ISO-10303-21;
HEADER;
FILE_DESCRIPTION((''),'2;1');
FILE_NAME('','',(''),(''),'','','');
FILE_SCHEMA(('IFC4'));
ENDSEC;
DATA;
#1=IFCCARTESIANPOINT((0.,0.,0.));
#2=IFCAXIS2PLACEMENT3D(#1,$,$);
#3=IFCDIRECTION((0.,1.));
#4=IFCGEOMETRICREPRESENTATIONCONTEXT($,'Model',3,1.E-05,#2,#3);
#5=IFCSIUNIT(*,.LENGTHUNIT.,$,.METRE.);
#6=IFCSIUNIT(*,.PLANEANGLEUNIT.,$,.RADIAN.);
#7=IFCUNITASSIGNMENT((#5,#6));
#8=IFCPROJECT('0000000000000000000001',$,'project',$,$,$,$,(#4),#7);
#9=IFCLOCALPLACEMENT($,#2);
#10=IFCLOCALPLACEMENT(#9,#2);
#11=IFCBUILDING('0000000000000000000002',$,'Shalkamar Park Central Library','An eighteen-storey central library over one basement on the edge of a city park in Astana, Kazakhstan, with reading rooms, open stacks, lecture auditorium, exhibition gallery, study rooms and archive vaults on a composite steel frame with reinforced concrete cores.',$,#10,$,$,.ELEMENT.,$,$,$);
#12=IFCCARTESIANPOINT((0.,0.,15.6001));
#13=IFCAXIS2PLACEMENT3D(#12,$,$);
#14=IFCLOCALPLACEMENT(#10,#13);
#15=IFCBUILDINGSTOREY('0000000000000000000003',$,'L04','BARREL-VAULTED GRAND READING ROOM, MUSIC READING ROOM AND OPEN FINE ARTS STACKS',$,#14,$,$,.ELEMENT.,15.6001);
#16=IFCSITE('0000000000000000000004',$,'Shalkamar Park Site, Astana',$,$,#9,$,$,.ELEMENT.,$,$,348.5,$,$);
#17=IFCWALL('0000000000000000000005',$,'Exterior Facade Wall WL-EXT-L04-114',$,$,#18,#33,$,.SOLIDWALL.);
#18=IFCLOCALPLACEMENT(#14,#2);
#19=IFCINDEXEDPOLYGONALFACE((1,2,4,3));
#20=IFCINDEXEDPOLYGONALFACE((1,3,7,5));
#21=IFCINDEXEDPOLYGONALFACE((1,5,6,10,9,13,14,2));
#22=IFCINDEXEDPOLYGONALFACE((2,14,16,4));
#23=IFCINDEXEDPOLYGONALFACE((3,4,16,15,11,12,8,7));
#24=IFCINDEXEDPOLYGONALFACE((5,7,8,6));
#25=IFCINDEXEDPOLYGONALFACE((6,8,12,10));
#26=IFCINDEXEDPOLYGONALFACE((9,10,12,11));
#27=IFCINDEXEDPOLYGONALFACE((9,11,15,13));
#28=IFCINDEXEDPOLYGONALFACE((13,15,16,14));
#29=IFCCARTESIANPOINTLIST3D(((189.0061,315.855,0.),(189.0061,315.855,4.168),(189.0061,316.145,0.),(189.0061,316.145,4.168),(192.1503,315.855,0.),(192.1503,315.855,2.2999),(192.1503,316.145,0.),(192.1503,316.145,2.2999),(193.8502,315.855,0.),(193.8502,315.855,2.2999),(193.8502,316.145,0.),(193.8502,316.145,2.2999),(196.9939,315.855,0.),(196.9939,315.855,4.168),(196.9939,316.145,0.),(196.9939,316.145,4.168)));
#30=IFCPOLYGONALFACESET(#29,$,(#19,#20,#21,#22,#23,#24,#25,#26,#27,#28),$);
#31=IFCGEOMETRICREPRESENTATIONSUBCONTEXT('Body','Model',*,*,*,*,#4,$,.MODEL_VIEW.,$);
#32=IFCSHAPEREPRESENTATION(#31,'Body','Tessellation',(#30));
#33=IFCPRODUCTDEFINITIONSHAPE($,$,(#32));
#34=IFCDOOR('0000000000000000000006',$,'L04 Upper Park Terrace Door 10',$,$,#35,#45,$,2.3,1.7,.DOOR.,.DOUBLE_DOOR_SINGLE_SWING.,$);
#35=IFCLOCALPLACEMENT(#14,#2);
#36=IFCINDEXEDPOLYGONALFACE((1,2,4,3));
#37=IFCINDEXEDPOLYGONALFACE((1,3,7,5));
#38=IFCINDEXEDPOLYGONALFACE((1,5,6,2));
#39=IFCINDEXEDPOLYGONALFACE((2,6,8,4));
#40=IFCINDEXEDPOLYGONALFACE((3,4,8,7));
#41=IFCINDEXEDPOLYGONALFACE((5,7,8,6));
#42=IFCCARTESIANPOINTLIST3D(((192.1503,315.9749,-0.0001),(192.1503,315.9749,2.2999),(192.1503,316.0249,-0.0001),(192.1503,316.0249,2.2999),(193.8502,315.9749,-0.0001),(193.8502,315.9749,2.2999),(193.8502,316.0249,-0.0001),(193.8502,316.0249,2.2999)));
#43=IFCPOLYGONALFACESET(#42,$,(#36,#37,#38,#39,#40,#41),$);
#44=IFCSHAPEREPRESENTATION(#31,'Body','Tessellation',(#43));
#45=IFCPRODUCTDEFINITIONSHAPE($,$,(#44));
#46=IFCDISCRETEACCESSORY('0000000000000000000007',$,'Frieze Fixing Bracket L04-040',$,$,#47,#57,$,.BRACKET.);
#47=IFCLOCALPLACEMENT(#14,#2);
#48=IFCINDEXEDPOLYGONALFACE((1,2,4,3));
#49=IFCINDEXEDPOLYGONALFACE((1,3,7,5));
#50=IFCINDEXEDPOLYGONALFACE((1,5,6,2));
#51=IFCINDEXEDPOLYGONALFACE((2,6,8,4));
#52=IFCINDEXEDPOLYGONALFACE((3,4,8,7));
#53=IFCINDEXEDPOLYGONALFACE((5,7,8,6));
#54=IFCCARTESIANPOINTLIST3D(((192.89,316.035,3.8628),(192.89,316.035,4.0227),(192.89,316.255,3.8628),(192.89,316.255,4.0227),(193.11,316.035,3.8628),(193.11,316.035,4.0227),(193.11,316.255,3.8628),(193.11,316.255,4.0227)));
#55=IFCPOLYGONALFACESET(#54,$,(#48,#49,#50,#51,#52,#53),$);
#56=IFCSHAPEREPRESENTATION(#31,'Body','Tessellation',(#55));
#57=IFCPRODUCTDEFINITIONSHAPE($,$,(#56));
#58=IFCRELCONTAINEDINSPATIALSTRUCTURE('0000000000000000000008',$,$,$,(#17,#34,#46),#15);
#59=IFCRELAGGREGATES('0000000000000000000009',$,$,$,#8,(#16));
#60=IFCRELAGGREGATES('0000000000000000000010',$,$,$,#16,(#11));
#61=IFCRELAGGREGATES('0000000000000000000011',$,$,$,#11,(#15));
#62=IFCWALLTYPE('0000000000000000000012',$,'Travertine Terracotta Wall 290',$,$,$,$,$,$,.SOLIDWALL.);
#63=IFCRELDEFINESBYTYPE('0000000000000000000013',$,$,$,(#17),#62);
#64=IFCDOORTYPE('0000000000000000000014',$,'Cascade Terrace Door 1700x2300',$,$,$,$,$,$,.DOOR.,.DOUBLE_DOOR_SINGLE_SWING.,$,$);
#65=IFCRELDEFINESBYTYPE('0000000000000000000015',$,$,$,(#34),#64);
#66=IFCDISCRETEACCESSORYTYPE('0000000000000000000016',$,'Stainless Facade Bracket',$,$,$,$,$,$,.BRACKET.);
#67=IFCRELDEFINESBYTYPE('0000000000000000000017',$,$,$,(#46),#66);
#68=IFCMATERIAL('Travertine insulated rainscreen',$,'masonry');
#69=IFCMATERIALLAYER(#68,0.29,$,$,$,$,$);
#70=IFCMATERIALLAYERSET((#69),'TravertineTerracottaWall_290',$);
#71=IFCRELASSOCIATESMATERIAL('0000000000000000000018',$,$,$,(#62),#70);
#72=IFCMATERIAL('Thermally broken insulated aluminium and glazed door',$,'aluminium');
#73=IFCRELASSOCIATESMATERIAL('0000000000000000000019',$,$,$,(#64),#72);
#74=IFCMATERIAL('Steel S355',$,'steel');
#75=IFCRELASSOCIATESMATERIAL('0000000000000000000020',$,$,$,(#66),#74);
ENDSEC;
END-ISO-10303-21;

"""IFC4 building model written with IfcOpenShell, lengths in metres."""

from ifc_helpers import new_model, si_unit, direction, frame, frame_2d, origin, origin_2d, place, context, subcontext, project, spatial, rectangle, extrude, material, layer, layer_set, type_object, element, fill, save


model = new_model("IFC4")

# Units and contexts
model_context = context("Model", 3, precision=1e-05, world=origin(), true_north=direction((0.0, 1.0)))
body_context = subcontext(model_context, "Body", "Model", "MODEL_VIEW")
ifc_project = project(units=[si_unit("LENGTHUNIT", "METRE"), si_unit("PLANEANGLEUNIT", "RADIAN")], contexts=[model_context])

# Site, building, storey
site_placement = place(None, origin())
site = spatial("IfcSite", under=ifc_project, at=site_placement, Name="Shalkamar Park Site, Astana", CompositionType="ELEMENT", RefElevation=348.5)
building_placement = place(site_placement, origin())
building = spatial("IfcBuilding", under=site, at=building_placement, Name="Shalkamar Park Central Library", Description="An eighteen-storey central library over one basement on the edge of a city park in Astana, Kazakhstan, with reading rooms, open stacks, lecture auditorium, exhibition gallery, study rooms and archive vaults on a composite steel frame with reinforced concrete cores.", CompositionType="ELEMENT")
storey_placement = place(building_placement, frame((0.0, 0.0, 15.6001)))
storey = spatial("IfcBuildingStorey", under=building, at=storey_placement, Name="L04", Description="BARREL-VAULTED GRAND READING ROOM, MUSIC READING ROOM AND OPEN FINE ARTS STACKS", CompositionType="ELEMENT", Elevation=15.6001)

# Shared definitions
ifc_material_1 = material(Name="Steel S355", Category="steel")

# Wall, opening, door
ifc_material_2 = material(Name="Travertine insulated rainscreen", Category="masonry")
ifc_layer_1 = layer(ifc_material_2, 0.29)
ifc_layer_set_1 = layer_set([ifc_layer_1], Name="TravertineTerracottaWall_290")
wall_type = type_object("IfcWallType", Name="Travertine Terracotta Wall 290", PredefinedType="SOLIDWALL", material=ifc_layer_set_1)
wall_placement = place(storey_placement, frame((189.0061, 316.0, 0.0), z_axis=(0.0, 0.0, 1.0), x_axis=(1.0, 0.0, 0.0)))
wall = element("IfcWall", 1, at=wall_placement, inside=storey, type_object=wall_type, Name="Exterior Facade Wall WL-EXT-L04-114", PredefinedType="SOLIDWALL", context=body_context, shape_type="SweptSolid", body=[
    extrude(rectangle(XDim=7.9878, YDim=0.29, at=frame_2d((3.9939, 0.0))), origin(), (0.0, 0.0, 1.0), 4.168),
])
opening_placement = place(wall_placement, frame((3.144, 0.0, 0.0)))
opening = element("IfcOpeningElement", 2, at=opening_placement, cuts=wall, PredefinedType="OPENING", context=body_context, shape_type="SweptSolid", body=[
    extrude(rectangle(XDim=1.7, YDim=2.3, at=frame_2d((0.8501, 1.1499))), frame((0.0, 0.1599, 0.0), z_axis=(0.0, -1.0, 0.0), x_axis=(1.0, 0.0, 0.0)), (0.0, 0.0, 1.0), 0.3198),
])
ifc_material_3 = material(Name="Thermally broken insulated aluminium and glazed door", Category="aluminium")
door_type = type_object("IfcDoorType", Name="Cascade Terrace Door 1700x2300", OperationType="DOUBLE_DOOR_SINGLE_SWING", PredefinedType="DOOR", material=ifc_material_3)
door_placement = place(opening_placement, origin())
door = element("IfcDoor", 3, at=door_placement, inside=storey, type_object=door_type, Name="L04 Upper Park Terrace Door 10", OperationType="DOUBLE_DOOR_SINGLE_SWING", OverallHeight=2.3, OverallWidth=1.7, PredefinedType="DOOR", context=body_context, shape_type="SweptSolid", body=[
    extrude(rectangle(XDim=1.7, YDim=2.3, at=frame_2d((0.8501, 1.1499))), frame((0.0, 0.0249, 0.0), z_axis=(0.0, -1.0, 0.0), x_axis=(1.0, 0.0, 0.0)), (0.0, 0.0, 1.0), 0.05),
])
fill(opening, door)

# Discrete accessory
discrete_accessory_type = type_object("IfcDiscreteAccessoryType", Name="Stainless Facade Bracket", PredefinedType="BRACKET", material=ifc_material_1)
discrete_accessory_placement = place(storey_placement, frame((193.0, 316.145, 3.8628), z_axis=(0.0, 0.0, 1.0), x_axis=(1.0, 0.0, 0.0)))
element("IfcDiscreteAccessory", 4, at=discrete_accessory_placement, inside=storey, type_object=discrete_accessory_type, Name="Frieze Fixing Bracket L04-040", PredefinedType="BRACKET", context=body_context, shape_type="SweptSolid", body=[
    extrude(rectangle(XDim=0.22, YDim=0.22, at=origin_2d()), origin(), (0.0, 0.0, 1.0), 0.1599),
])

save(model, "model.ifc")
